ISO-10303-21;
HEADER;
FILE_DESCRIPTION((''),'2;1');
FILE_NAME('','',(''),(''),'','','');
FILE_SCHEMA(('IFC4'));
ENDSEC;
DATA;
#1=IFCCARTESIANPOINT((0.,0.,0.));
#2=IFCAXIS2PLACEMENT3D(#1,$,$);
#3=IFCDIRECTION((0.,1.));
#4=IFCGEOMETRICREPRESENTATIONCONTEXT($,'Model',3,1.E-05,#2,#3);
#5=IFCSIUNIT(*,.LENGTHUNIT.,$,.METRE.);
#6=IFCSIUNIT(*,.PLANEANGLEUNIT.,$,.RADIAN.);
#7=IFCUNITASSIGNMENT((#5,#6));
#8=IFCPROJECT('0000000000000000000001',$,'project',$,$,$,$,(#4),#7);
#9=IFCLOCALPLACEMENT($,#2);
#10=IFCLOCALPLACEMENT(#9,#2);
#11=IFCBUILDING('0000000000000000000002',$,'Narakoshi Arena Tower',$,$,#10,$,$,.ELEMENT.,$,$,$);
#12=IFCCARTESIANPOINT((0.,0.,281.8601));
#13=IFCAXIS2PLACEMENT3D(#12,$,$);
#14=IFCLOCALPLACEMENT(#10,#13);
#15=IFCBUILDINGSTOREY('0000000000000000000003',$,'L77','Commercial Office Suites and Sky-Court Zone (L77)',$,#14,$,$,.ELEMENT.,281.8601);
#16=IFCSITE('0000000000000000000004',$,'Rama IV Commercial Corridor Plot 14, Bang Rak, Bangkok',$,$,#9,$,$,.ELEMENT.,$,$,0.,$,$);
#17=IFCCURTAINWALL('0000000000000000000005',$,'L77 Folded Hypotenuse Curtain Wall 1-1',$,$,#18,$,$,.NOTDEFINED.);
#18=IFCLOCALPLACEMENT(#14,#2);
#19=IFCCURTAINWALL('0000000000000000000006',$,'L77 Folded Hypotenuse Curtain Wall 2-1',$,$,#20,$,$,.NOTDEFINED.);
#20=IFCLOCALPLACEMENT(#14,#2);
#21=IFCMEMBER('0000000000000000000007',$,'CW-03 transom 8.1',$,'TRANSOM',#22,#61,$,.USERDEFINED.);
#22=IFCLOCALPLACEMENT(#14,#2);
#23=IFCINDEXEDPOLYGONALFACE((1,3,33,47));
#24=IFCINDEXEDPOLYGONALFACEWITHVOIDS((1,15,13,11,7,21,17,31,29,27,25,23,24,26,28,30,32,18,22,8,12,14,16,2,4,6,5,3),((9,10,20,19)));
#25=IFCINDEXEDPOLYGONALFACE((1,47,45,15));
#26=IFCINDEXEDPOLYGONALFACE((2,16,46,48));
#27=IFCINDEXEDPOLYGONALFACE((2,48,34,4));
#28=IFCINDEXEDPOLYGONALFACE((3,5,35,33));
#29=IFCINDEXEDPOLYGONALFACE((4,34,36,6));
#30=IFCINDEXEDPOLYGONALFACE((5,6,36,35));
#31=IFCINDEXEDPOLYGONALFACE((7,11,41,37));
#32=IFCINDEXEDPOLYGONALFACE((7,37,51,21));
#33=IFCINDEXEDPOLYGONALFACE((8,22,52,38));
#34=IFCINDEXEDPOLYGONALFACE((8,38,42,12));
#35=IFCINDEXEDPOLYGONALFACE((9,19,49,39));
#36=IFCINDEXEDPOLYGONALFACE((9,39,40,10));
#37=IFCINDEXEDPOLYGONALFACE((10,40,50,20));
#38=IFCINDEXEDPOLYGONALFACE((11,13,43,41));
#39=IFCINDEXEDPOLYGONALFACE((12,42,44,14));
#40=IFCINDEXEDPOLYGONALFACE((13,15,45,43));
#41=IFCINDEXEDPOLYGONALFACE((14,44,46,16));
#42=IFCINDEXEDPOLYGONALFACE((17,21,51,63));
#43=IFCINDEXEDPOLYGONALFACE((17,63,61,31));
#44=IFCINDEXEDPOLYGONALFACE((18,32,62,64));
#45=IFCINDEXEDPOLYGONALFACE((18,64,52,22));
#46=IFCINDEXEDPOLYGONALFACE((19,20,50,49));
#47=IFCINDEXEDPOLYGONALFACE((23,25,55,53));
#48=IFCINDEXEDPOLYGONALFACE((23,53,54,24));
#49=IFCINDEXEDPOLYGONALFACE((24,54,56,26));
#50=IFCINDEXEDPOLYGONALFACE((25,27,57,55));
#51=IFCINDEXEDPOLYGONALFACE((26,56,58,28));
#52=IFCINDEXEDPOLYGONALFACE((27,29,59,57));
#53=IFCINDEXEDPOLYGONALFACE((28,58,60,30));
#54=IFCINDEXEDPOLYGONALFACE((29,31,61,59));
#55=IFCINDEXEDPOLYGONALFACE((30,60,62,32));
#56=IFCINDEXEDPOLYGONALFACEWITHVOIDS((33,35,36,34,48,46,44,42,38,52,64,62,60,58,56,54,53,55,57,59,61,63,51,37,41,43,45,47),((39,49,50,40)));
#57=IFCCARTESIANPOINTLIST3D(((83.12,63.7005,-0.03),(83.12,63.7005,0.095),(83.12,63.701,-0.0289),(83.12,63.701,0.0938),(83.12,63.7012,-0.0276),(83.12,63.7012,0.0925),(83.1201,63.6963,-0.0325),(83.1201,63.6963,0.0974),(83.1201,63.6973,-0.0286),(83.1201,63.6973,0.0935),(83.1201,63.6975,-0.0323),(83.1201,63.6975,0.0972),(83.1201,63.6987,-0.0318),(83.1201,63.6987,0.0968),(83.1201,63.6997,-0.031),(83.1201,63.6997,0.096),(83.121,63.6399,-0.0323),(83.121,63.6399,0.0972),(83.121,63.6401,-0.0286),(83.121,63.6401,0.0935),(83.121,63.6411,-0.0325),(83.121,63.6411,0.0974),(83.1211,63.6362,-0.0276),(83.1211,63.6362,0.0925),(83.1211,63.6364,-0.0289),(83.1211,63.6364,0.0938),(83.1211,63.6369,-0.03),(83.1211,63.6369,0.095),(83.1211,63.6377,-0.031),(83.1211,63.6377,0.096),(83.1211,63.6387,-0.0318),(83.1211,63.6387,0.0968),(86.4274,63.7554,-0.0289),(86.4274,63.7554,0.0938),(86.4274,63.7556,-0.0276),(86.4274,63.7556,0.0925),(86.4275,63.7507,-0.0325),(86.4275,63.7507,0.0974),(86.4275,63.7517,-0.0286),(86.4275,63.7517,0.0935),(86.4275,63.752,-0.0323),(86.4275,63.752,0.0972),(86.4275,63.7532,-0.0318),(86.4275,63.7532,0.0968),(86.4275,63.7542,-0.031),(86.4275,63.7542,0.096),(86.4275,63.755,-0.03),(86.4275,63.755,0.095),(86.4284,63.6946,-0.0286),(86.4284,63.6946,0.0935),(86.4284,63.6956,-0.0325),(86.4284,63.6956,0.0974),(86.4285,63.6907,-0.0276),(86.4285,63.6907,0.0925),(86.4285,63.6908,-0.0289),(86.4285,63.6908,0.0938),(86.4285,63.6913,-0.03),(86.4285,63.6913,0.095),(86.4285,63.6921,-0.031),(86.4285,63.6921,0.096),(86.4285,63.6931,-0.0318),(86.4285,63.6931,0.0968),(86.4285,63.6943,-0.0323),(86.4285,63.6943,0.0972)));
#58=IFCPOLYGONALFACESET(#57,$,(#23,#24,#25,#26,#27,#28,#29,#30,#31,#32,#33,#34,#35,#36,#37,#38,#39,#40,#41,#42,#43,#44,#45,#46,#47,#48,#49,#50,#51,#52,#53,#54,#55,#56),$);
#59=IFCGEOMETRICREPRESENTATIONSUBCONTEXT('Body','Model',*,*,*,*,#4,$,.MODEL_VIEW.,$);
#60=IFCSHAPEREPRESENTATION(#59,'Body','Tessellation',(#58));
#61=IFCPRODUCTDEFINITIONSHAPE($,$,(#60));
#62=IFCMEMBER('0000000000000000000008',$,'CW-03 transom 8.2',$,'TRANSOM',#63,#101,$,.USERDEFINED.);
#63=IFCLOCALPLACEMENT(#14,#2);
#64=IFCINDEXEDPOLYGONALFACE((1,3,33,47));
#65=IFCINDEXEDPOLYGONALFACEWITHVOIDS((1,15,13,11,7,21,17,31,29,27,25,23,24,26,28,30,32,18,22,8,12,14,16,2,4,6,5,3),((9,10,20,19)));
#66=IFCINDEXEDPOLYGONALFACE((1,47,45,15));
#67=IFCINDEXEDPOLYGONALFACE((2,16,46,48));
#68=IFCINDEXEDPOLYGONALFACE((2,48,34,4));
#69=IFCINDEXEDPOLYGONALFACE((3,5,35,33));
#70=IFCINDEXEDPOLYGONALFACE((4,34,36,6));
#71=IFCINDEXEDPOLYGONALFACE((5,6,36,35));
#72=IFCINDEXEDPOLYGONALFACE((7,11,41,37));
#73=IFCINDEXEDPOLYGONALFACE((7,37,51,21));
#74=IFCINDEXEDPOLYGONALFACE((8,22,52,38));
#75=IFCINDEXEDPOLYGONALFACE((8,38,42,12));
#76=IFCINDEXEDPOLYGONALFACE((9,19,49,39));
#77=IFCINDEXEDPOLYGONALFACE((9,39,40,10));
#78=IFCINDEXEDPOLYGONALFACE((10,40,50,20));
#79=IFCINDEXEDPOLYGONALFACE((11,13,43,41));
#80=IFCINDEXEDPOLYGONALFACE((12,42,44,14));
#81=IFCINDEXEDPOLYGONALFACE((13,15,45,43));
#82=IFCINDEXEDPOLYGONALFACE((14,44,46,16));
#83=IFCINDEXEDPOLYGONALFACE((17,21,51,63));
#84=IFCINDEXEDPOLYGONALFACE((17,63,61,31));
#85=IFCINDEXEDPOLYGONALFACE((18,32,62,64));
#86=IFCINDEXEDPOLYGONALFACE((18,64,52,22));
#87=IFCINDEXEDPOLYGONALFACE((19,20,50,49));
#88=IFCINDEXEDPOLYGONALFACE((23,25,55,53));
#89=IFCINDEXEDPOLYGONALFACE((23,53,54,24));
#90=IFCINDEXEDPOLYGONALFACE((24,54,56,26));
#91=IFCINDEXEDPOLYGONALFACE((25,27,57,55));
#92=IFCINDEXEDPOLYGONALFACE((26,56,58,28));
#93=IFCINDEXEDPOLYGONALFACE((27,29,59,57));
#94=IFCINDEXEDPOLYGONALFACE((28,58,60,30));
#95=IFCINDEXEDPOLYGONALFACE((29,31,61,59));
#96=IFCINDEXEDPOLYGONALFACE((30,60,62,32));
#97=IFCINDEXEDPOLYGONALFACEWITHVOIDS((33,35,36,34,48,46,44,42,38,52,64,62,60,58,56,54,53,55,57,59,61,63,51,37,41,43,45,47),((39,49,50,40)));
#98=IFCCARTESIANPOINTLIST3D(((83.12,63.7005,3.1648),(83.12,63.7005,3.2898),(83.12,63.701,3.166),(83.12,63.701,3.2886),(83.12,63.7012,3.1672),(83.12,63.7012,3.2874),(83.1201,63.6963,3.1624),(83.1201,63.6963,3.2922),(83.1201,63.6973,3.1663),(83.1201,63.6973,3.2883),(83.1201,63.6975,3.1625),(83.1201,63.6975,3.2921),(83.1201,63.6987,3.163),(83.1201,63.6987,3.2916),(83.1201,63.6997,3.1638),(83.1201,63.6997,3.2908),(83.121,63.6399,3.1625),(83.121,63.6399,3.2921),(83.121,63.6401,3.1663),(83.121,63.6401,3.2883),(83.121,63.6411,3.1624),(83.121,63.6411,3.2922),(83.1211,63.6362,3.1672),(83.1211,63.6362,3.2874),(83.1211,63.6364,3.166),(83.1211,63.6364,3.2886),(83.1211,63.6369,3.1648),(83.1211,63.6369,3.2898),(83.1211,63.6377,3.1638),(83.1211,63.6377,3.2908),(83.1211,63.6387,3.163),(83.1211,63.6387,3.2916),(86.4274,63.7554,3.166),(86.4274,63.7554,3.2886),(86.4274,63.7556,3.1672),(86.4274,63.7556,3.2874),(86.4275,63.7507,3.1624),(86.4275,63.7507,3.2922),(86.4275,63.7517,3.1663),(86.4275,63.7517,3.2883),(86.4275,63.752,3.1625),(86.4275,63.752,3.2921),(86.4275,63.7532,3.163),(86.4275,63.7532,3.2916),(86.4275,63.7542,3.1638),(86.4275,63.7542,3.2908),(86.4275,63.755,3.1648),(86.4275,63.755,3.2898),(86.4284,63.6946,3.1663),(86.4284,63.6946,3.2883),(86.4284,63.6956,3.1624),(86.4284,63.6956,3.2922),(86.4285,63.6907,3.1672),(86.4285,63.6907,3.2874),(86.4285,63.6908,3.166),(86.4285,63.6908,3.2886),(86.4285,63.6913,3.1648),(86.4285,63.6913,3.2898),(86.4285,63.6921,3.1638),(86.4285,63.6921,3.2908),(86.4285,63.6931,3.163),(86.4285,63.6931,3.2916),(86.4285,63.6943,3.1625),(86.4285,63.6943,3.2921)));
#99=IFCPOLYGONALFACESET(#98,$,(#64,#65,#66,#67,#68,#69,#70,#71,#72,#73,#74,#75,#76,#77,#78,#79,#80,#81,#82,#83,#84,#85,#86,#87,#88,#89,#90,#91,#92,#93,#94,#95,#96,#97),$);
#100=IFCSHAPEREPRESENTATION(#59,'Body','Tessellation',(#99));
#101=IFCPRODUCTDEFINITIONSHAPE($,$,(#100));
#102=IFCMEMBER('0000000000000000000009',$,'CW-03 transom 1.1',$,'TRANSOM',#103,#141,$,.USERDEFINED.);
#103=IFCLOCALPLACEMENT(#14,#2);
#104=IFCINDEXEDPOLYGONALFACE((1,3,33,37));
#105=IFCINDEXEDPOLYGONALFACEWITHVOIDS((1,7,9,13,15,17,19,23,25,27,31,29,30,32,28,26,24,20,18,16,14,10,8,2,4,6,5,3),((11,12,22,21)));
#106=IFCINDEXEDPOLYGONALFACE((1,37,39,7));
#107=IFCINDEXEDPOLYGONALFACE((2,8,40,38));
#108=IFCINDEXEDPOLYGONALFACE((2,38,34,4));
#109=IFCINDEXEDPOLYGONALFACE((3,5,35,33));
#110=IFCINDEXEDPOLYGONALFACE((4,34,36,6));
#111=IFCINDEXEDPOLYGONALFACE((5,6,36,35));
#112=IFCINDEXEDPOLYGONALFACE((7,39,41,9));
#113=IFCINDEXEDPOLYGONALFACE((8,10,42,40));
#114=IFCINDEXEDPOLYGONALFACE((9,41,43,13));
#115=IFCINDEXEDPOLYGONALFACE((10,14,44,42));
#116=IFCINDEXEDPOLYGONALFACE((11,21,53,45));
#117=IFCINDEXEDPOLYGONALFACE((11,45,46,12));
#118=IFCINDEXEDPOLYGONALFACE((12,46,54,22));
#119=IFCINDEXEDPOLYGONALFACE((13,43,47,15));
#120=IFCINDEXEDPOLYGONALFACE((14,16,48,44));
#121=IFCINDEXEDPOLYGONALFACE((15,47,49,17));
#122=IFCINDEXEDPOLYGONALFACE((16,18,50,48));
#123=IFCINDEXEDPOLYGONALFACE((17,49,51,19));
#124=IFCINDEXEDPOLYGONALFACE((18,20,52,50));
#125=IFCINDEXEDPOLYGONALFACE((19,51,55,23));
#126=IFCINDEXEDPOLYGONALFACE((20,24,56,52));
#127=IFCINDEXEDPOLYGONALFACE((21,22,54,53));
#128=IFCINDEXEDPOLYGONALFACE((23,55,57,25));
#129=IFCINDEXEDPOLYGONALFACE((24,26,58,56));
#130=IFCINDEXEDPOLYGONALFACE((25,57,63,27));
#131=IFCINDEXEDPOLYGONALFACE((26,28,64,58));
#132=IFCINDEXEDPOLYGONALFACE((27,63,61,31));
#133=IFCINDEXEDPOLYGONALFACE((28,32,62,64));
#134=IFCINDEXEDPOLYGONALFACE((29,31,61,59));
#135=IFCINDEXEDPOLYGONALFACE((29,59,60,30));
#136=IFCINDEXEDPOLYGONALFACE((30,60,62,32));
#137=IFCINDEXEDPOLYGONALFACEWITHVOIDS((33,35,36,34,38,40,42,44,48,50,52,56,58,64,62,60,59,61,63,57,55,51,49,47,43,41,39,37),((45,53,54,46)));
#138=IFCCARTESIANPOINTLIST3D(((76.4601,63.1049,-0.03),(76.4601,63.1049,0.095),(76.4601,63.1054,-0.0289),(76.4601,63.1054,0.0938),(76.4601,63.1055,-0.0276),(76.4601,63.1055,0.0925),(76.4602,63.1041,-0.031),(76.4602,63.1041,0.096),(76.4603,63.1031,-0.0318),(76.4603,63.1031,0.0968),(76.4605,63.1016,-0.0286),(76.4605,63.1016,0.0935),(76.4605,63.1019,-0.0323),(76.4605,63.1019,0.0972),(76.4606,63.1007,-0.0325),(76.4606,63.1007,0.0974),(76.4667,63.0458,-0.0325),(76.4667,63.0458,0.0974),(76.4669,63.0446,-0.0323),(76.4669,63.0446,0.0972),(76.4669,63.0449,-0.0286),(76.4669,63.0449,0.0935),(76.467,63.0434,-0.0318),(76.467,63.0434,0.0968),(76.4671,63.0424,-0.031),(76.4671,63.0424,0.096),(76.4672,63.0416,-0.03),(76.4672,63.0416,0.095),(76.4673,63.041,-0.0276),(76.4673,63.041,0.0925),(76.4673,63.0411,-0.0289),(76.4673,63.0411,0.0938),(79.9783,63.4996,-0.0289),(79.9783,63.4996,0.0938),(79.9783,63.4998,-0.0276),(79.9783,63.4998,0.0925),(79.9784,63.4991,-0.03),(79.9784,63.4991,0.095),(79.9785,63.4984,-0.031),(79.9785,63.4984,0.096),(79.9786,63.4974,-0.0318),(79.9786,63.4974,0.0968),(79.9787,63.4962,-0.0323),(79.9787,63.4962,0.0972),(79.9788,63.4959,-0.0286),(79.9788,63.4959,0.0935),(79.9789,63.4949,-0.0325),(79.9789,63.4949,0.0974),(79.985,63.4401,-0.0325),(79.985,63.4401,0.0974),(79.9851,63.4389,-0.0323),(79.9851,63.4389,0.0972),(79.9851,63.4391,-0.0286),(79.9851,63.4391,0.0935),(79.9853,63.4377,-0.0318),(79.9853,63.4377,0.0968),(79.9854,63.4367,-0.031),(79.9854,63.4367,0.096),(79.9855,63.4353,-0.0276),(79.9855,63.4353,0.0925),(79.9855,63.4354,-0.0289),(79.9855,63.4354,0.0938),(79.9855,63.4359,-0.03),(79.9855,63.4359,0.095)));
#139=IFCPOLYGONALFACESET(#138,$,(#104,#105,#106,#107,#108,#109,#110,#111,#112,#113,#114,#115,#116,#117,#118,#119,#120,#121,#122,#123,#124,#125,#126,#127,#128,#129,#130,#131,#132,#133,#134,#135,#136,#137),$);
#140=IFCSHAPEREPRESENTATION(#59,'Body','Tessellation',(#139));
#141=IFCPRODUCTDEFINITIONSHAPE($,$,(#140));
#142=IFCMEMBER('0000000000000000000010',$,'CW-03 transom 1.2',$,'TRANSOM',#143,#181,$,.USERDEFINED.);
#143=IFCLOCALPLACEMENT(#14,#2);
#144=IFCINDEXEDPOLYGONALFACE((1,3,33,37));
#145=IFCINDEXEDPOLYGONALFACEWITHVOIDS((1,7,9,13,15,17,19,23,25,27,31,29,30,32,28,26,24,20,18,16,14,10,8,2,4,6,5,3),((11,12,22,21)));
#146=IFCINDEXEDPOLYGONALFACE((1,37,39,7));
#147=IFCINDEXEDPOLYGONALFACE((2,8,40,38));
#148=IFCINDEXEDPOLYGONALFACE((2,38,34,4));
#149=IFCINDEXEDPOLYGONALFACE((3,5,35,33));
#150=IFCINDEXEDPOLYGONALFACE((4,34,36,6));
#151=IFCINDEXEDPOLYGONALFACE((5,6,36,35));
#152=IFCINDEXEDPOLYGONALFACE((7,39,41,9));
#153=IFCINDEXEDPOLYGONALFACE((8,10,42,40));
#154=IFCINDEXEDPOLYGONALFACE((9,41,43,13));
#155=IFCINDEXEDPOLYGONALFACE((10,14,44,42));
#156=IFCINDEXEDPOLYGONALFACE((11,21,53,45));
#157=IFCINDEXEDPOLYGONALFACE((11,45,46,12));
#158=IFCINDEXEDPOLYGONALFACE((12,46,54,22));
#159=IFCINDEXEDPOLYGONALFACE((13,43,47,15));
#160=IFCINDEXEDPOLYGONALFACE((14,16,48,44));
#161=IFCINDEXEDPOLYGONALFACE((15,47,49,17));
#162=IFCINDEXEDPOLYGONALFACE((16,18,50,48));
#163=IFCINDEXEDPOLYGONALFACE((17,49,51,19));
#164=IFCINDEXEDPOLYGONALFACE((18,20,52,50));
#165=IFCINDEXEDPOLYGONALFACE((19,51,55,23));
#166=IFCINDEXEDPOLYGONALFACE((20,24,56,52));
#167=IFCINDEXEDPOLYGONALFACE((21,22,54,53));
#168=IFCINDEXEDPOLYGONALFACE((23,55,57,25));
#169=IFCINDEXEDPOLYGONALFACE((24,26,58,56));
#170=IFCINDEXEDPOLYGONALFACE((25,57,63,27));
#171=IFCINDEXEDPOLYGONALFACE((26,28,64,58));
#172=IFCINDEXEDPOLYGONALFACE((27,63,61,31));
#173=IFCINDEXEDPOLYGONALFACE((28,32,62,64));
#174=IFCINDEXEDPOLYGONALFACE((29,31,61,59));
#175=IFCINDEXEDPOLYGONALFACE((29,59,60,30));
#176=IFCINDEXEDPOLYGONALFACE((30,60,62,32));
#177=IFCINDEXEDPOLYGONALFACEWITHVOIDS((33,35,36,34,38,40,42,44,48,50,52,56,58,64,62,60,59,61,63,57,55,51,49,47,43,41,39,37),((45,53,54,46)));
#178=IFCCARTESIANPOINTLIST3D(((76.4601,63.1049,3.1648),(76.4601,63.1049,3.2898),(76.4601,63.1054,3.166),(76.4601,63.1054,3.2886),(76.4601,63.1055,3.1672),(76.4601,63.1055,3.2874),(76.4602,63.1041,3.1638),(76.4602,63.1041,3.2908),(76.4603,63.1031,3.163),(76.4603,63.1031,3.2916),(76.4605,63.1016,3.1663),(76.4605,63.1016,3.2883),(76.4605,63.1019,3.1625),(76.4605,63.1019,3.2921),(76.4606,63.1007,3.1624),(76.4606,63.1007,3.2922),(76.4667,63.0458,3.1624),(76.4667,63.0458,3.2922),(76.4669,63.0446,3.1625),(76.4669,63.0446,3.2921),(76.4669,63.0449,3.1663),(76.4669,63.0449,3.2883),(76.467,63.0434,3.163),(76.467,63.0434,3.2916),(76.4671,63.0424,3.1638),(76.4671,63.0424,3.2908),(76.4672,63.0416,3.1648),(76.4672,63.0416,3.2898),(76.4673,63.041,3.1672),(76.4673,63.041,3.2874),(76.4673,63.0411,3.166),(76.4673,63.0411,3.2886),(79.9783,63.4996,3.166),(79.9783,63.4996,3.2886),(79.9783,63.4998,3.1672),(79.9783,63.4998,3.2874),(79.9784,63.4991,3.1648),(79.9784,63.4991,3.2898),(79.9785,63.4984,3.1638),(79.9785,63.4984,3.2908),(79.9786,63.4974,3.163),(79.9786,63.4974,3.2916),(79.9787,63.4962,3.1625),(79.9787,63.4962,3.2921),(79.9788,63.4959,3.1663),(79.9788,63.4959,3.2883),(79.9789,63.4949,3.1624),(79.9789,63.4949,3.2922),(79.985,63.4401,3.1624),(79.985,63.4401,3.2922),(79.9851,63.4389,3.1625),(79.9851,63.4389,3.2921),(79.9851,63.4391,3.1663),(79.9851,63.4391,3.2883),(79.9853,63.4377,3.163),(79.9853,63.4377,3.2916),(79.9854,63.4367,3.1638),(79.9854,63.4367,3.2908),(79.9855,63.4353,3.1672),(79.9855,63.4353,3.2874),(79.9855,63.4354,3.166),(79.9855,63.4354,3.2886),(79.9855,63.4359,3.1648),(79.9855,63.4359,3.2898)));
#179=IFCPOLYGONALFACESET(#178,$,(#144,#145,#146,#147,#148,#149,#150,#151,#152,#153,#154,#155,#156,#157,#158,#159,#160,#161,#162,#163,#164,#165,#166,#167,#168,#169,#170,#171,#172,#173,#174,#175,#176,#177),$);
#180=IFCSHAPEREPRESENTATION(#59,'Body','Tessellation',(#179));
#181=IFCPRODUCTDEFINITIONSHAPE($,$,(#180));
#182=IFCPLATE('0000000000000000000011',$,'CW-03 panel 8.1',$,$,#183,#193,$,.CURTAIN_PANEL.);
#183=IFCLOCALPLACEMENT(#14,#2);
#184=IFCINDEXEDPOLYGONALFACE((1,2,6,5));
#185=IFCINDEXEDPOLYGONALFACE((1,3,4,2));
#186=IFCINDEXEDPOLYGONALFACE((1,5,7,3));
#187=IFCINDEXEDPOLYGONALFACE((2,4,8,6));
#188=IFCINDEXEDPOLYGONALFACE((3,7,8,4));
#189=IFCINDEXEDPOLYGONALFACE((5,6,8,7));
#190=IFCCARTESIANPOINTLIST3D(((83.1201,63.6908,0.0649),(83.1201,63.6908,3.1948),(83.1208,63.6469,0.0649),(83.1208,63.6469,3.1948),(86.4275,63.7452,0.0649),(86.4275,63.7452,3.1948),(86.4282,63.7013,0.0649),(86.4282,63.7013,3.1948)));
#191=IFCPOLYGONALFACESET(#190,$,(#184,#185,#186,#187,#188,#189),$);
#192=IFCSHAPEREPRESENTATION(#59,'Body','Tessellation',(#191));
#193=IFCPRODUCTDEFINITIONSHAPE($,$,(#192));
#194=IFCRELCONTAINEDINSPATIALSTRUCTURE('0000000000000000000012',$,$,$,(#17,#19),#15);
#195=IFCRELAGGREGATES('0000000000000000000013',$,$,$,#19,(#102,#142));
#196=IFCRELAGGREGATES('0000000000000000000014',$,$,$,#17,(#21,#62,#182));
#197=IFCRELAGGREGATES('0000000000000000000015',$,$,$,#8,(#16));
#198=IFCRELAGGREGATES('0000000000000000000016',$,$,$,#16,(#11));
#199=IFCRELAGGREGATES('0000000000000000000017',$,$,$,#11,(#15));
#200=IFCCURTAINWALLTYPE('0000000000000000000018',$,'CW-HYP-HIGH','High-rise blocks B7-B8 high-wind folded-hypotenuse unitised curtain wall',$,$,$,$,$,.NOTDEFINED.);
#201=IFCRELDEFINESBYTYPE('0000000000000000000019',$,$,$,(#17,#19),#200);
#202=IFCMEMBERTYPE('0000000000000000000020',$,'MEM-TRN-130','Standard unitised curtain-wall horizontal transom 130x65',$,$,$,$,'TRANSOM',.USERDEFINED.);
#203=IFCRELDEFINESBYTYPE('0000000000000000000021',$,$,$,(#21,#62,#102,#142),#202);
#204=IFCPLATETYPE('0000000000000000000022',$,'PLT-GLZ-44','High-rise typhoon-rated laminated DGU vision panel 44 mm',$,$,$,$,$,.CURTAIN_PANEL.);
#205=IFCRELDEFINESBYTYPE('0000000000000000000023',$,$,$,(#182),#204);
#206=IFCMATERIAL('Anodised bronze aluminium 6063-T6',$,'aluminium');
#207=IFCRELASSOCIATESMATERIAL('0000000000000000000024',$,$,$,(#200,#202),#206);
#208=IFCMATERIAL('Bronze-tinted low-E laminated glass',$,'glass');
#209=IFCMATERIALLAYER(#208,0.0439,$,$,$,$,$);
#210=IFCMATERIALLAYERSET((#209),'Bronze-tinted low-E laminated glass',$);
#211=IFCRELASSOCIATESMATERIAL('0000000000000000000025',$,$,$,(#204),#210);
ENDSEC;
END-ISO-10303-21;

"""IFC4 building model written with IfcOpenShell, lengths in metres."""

from ifc_helpers import new_model, si_unit, direction, frame, origin, origin_2d, place, context, subcontext, project, spatial, rectangle, hollow_rectangle, extrude, material, layer, layer_set, material_profile, profile_set, type_object, element, aggregate, save


model = new_model("IFC4")

# Units and contexts
model_context = context("Model", 3, precision=1e-05, world=origin(), true_north=direction((0.0, 1.0)))
body_context = subcontext(model_context, "Body", "Model", "MODEL_VIEW")
ifc_project = project(units=[si_unit("LENGTHUNIT", "METRE"), si_unit("PLANEANGLEUNIT", "RADIAN")], contexts=[model_context])

# Site, building, storey
site_placement = place(None, origin())
site = spatial("IfcSite", under=ifc_project, at=site_placement, Name="Rama IV Commercial Corridor Plot 14, Bang Rak, Bangkok", CompositionType="ELEMENT", RefElevation=0.0)
building_placement = place(site_placement, origin())
building = spatial("IfcBuilding", under=site, at=building_placement, Name="Narakoshi Arena Tower", CompositionType="ELEMENT")
storey_placement = place(building_placement, frame((0.0, 0.0, 281.8601)))
storey = spatial("IfcBuildingStorey", under=building, at=storey_placement, Name="L77", Description="Commercial Office Suites and Sky-Court Zone (L77)", CompositionType="ELEMENT", Elevation=281.8601)

# Curtain wall
ifc_material_1 = material(Name="Anodised bronze aluminium 6063-T6", Category="aluminium")
curtain_wall_type = type_object("IfcCurtainWallType", Name="CW-HYP-HIGH", Description="High-rise blocks B7-B8 high-wind folded-hypotenuse unitised curtain wall", PredefinedType="NOTDEFINED", material=ifc_material_1)
curtain_wall_1_placement = place(storey_placement, origin())
curtain_wall_1 = element("IfcCurtainWall", 1, at=curtain_wall_1_placement, inside=storey, type_object=curtain_wall_type, Name="L77 Folded Hypotenuse Curtain Wall 1-1", PredefinedType="NOTDEFINED")

# Curtain wall
curtain_wall_2_placement = place(storey_placement, origin())
curtain_wall_2 = element("IfcCurtainWall", 2, at=curtain_wall_2_placement, inside=storey, type_object=curtain_wall_type, Name="L77 Folded Hypotenuse Curtain Wall 2-1", PredefinedType="NOTDEFINED")

# Members
ifc_material_profile_1 = material_profile(ifc_material_1, hollow_rectangle(XDim=0.0649, YDim=0.1299, WallThickness=0.0039, OuterFilletRadius=0.0049, at=origin_2d()), Name="TRN130x65x4")
ifc_profile_set_1 = profile_set([ifc_material_profile_1], Name="Anodised bronze aluminium 6063-T6")
member_type_1 = type_object("IfcMemberType", Name="MEM-TRN-130", Description="Standard unitised curtain-wall horizontal transom 130x65", ElementType="TRANSOM", PredefinedType="USERDEFINED", material=ifc_profile_set_1)
member_1_placement = place(storey_placement, frame((86.428, 63.7231, 0.0325), z_axis=(-0.999865, -0.016459, 0.0), x_axis=(0.016459, -0.999865, 0.0)))
member_1 = element("IfcMember", 3, at=member_1_placement, type_object=member_type_1, Name="CW-03 transom 8.1", ObjectType="TRANSOM", PredefinedType="USERDEFINED", context=body_context, shape_type="SweptSolid", body=[
    extrude(hollow_rectangle(XDim=0.0649, YDim=0.1299, WallThickness=0.0039, OuterFilletRadius=0.0049, at=origin_2d()), origin(), (0.0, 0.0, 1.0), 3.3079),
])
member_2_placement = place(storey_placement, frame((86.428, 63.7231, 3.2273), z_axis=(-0.999865, -0.016459, 0.0), x_axis=(0.016459, -0.999865, 0.0)))
member_2 = element("IfcMember", 4, at=member_2_placement, type_object=member_type_1, Name="CW-03 transom 8.2", ObjectType="TRANSOM", PredefinedType="USERDEFINED", context=body_context, shape_type="SweptSolid", body=[
    extrude(hollow_rectangle(XDim=0.0649, YDim=0.1299, WallThickness=0.0039, OuterFilletRadius=0.0049, at=origin_2d()), origin(), (0.0, 0.0, 1.0), 3.3079),
])
member_3_placement = place(storey_placement, frame((79.9819, 63.4675, 0.0325), z_axis=(-0.993779, -0.11137, 0.0), x_axis=(0.11137, -0.993779, 0.0)))
member_3 = element("IfcMember", 5, at=member_3_placement, type_object=member_type_1, Name="CW-03 transom 1.1", ObjectType="TRANSOM", PredefinedType="USERDEFINED", context=body_context, shape_type="SweptSolid", body=[
    extrude(hollow_rectangle(XDim=0.0649, YDim=0.1299, WallThickness=0.0039, OuterFilletRadius=0.0049, at=origin_2d()), origin(), (0.0, 0.0, 1.0), 3.5403),
])
member_4_placement = place(storey_placement, frame((79.9819, 63.4675, 3.2273), z_axis=(-0.993779, -0.11137, 0.0), x_axis=(0.11137, -0.993779, 0.0)))
member_4 = element("IfcMember", 6, at=member_4_placement, type_object=member_type_1, Name="CW-03 transom 1.2", ObjectType="TRANSOM", PredefinedType="USERDEFINED", context=body_context, shape_type="SweptSolid", body=[
    extrude(hollow_rectangle(XDim=0.0649, YDim=0.1299, WallThickness=0.0039, OuterFilletRadius=0.0049, at=origin_2d()), origin(), (0.0, 0.0, 1.0), 3.5403),
])
aggregate(curtain_wall_2, [member_3, member_4])

# Plate
ifc_material_2 = material(Name="Bronze-tinted low-E laminated glass", Category="glass")
ifc_layer_1 = layer(ifc_material_2, 0.0439)
ifc_layer_set_1 = layer_set([ifc_layer_1], Name="Bronze-tinted low-E laminated glass")
plate_type = type_object("IfcPlateType", Name="PLT-GLZ-44", Description="High-rise typhoon-rated laminated DGU vision panel 44 mm", PredefinedType="CURTAIN_PANEL", material=ifc_layer_set_1)
plate_placement = place(storey_placement, frame((84.7742, 63.696, 0.0649), z_axis=(0.0, 0.0, 1.0), x_axis=(-0.999865, -0.016443, 0.0)))
plate = element("IfcPlate", 7, at=plate_placement, type_object=plate_type, Name="CW-03 panel 8.1", PredefinedType="CURTAIN_PANEL", context=body_context, shape_type="SweptSolid", body=[
    extrude(rectangle(XDim=3.3079, YDim=0.0439, at=origin_2d()), origin(), (0.0, 0.0, 1.0), 3.1299),
])
aggregate(curtain_wall_1, [member_1, member_2, plate])

save(model, "model.ifc")
